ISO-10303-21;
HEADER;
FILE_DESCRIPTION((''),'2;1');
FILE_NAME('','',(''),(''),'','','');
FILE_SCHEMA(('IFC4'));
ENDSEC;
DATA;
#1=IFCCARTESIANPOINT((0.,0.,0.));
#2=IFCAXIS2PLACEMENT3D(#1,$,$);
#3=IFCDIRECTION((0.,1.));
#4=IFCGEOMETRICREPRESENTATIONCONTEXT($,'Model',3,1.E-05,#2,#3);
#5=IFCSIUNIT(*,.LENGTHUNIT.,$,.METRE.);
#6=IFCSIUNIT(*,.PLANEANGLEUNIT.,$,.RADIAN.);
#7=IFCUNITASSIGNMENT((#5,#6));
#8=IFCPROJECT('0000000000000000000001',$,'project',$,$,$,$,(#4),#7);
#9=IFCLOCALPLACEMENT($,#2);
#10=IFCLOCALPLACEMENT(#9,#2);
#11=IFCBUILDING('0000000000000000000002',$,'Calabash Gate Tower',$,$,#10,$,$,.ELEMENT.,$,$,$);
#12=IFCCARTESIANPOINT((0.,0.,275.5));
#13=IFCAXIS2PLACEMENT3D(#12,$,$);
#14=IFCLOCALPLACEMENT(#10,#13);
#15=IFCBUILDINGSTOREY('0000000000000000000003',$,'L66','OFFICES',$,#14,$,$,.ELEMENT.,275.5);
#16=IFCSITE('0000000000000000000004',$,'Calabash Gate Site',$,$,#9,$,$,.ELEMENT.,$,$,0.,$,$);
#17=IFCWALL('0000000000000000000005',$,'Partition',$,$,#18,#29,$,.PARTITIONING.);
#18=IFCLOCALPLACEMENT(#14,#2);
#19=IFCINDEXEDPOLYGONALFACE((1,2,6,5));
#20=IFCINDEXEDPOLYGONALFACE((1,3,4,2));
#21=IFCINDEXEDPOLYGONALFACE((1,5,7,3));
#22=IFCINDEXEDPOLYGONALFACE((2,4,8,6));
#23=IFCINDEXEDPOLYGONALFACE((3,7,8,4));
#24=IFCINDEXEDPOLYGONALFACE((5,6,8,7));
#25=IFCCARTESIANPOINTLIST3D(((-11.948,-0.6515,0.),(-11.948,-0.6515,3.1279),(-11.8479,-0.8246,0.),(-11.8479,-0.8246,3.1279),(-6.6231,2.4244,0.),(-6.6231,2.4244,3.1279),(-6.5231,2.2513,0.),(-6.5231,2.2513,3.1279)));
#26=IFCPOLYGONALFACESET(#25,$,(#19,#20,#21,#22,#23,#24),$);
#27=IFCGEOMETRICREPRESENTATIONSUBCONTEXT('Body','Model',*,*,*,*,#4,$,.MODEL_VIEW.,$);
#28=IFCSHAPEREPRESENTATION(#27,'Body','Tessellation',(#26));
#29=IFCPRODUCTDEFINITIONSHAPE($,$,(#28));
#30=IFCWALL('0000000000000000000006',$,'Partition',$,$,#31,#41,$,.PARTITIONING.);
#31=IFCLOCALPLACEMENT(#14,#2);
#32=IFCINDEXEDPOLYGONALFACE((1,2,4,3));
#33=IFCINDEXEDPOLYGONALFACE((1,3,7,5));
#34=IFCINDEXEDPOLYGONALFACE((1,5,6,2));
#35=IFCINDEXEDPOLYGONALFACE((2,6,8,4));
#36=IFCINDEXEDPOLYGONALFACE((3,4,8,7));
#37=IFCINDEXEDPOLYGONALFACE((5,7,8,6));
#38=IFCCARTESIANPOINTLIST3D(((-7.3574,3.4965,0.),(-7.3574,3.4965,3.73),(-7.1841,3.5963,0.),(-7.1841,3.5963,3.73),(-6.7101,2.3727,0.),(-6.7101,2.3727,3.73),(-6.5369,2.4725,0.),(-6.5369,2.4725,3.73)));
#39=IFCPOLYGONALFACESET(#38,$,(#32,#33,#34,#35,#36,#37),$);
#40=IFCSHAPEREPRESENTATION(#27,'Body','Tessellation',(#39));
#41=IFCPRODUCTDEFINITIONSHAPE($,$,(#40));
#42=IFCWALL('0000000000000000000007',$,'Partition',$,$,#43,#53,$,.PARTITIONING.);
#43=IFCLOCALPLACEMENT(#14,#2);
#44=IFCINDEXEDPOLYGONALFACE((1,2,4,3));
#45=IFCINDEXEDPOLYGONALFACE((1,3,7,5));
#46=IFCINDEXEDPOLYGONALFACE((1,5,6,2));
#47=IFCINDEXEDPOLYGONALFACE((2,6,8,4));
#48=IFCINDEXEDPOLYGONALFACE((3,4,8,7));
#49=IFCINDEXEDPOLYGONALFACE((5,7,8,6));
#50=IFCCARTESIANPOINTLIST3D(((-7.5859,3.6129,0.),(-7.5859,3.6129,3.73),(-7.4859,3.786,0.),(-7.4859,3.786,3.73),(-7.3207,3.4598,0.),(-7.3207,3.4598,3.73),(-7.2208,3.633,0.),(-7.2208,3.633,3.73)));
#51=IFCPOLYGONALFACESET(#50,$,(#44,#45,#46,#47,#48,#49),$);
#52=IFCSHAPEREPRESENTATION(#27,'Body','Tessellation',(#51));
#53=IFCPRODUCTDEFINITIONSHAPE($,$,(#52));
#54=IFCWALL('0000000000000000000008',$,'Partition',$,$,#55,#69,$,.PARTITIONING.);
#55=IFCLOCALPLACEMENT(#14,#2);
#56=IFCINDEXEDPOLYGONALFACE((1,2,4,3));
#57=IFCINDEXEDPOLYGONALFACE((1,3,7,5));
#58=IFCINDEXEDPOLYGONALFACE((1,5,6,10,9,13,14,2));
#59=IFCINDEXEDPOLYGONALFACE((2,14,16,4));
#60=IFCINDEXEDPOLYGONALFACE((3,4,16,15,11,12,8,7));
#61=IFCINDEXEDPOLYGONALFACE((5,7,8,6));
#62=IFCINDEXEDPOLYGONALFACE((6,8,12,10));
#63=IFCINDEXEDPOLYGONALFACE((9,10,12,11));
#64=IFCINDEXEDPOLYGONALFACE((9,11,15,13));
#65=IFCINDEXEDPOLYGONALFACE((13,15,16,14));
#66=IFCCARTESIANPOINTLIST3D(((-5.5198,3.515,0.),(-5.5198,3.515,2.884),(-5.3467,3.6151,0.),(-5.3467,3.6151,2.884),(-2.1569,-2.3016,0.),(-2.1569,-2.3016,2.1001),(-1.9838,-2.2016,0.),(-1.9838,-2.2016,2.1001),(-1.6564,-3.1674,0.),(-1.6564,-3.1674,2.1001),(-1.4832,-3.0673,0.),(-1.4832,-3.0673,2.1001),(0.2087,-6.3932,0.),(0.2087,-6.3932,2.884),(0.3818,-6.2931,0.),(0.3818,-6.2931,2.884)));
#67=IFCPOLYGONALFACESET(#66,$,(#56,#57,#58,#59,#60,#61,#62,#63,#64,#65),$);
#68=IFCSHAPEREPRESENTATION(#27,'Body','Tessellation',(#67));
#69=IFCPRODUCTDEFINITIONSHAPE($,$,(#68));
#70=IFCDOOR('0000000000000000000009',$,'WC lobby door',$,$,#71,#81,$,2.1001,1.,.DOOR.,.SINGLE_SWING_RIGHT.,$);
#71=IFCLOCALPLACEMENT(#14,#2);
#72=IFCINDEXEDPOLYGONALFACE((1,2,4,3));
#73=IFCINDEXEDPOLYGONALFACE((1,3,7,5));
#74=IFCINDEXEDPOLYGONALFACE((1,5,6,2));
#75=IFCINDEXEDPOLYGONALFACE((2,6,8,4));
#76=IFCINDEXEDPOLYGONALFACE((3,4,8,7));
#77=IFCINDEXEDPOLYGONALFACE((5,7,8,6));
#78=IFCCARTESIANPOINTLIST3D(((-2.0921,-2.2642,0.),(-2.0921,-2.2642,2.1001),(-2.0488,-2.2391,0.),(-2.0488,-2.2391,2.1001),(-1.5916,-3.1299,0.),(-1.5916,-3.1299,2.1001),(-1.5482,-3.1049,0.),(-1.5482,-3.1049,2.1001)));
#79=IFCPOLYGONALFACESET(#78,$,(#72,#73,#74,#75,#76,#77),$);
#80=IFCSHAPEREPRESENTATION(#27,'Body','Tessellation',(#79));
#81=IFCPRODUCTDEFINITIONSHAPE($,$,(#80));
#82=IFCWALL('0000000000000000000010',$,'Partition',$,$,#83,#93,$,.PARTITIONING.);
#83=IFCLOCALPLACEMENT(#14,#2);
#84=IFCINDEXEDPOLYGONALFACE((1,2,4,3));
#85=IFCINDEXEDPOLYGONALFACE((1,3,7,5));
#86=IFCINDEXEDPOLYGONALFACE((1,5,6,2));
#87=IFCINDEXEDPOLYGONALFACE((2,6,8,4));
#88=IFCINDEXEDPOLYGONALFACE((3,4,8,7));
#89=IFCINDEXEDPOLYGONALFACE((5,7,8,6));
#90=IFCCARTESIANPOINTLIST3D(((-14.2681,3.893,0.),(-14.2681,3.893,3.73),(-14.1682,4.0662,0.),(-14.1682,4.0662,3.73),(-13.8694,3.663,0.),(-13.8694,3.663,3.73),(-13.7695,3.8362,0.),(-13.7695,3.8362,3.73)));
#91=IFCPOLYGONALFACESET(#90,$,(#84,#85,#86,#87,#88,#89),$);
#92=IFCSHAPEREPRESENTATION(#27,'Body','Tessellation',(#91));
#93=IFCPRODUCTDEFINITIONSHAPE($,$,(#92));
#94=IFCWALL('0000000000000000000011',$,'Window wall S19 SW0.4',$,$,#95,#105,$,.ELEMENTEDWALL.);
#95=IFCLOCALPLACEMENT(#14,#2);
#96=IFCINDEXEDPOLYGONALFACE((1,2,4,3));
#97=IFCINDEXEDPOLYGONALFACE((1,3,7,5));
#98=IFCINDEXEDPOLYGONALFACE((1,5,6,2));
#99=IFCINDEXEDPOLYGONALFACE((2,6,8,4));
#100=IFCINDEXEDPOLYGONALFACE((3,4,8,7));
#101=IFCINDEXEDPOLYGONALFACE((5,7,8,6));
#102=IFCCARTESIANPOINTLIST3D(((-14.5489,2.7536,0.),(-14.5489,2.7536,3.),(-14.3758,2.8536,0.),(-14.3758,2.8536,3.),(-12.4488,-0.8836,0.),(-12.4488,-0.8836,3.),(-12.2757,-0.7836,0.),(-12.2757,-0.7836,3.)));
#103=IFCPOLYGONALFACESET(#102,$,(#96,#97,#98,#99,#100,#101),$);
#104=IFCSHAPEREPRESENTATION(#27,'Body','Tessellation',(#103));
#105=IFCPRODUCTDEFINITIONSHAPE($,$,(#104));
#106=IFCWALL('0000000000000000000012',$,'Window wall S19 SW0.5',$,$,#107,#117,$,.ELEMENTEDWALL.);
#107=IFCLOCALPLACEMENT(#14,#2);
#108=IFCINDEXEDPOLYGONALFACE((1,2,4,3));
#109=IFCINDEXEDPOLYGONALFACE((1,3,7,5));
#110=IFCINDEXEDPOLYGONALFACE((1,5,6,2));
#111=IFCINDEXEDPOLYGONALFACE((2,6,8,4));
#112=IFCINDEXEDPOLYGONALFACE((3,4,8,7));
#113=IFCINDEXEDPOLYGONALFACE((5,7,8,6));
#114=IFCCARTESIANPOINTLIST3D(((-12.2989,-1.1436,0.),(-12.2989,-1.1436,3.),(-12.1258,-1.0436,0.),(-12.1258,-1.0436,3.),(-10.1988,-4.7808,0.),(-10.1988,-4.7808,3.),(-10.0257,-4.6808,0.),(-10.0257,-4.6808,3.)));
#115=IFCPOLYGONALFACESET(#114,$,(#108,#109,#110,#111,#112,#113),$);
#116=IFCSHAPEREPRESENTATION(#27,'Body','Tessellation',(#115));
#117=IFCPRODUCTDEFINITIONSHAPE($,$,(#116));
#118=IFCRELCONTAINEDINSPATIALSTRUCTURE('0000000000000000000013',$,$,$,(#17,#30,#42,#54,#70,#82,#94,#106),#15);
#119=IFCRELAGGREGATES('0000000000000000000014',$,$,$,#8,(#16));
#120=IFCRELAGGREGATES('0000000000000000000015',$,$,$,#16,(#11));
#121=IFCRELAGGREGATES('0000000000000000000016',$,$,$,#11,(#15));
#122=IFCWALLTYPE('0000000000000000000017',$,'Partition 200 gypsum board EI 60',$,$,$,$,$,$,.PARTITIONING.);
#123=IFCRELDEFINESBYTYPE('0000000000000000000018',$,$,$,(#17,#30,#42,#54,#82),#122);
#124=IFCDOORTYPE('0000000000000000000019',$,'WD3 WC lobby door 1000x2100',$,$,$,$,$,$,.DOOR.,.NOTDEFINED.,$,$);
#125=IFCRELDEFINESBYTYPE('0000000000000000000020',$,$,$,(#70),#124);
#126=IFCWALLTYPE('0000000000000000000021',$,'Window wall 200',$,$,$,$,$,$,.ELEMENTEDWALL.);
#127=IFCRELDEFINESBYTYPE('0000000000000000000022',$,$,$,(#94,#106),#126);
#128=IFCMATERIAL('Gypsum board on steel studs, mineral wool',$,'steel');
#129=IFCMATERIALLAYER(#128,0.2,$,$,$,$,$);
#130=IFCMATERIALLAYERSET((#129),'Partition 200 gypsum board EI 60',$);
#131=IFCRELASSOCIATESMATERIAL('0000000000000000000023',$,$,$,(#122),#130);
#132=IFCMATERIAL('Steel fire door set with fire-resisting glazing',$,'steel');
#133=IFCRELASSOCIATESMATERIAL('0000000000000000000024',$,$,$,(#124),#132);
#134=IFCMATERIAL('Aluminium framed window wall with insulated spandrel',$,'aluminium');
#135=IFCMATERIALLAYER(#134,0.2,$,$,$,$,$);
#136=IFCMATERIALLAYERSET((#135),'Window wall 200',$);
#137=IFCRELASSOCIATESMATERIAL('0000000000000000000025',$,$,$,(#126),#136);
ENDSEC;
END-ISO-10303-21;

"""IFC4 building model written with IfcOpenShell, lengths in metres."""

from ifc_helpers import new_model, si_unit, direction, frame, frame_2d, origin, place, context, subcontext, project, spatial, rectangle, extrude, material, layer, layer_set, type_object, element, fill, save


model = new_model("IFC4")

# Units and contexts
model_context = context("Model", 3, precision=1e-05, world=origin(), true_north=direction((0.0, 1.0)))
body_context = subcontext(model_context, "Body", "Model", "MODEL_VIEW")
ifc_project = project(units=[si_unit("LENGTHUNIT", "METRE"), si_unit("PLANEANGLEUNIT", "RADIAN")], contexts=[model_context])

# Site, building, storey
site_placement = place(None, origin())
site = spatial("IfcSite", under=ifc_project, at=site_placement, Name="Calabash Gate Site", CompositionType="ELEMENT", RefElevation=0.0)
building_placement = place(site_placement, origin())
building = spatial("IfcBuilding", under=site, at=building_placement, Name="Calabash Gate Tower", CompositionType="ELEMENT")
storey_placement = place(building_placement, frame((0.0, 0.0, 275.5)))
storey = spatial("IfcBuildingStorey", under=building, at=storey_placement, Name="L66", Description="OFFICES", CompositionType="ELEMENT", Elevation=275.5)

# Shared definitions
ifc_material_1 = material(Name="Gypsum board on steel studs, mineral wool", Category="steel")
ifc_layer_1 = layer(ifc_material_1, 0.2)
ifc_layer_set_1 = layer_set([ifc_layer_1], Name="Partition 200 gypsum board EI 60")
wall_type_1 = type_object("IfcWallType", Name="Partition 200 gypsum board EI 60", PredefinedType="PARTITIONING", material=ifc_layer_set_1)

# Walls
wall_1_placement = place(storey_placement, frame((-11.8979, -0.738, 0.0), z_axis=(0.0, 0.0, 1.0), x_axis=(0.865915, 0.500191, 0.0)))
element("IfcWall", 1, at=wall_1_placement, inside=storey, type_object=wall_type_1, Name="Partition", PredefinedType="PARTITIONING", context=body_context, shape_type="SweptSolid", body=[
    extrude(rectangle(XDim=6.1494, YDim=0.2, at=frame_2d((3.0747, 0.0))), origin(), (0.0, 0.0, 1.0), 3.1279),
])
wall_2_placement = place(storey_placement, frame((-7.2708, 3.5464, 0.0), z_axis=(0.0, 0.0, 1.0), x_axis=(0.499076, -0.866558, 0.0)))
element("IfcWall", 2, at=wall_2_placement, inside=storey, type_object=wall_type_1, Name="Partition", PredefinedType="PARTITIONING", context=body_context, shape_type="SweptSolid", body=[
    extrude(rectangle(XDim=1.2969, YDim=0.2, at=frame_2d((0.6484, 0.0))), origin(), (0.0, 0.0, 1.0), 3.73),
])
wall_3_placement = place(storey_placement, frame((-7.5359, 3.6995, 0.0), z_axis=(0.0, 0.0, 1.0), x_axis=(0.866026, -0.499999, 0.0)))
element("IfcWall", 3, at=wall_3_placement, inside=storey, type_object=wall_type_1, Name="Partition", PredefinedType="PARTITIONING", context=body_context, shape_type="SweptSolid", body=[
    extrude(rectangle(XDim=0.3062, YDim=0.2, at=frame_2d((0.1531, 0.0))), origin(), (0.0, 0.0, 1.0), 3.73),
])

# Wall, opening, door
wall_4_placement = place(storey_placement, frame((-5.4333, 3.5652, 0.0), z_axis=(0.0, 0.0, 1.0), x_axis=(0.500525, -0.865722, 0.0)))
wall_4 = element("IfcWall", 4, at=wall_4_placement, inside=storey, type_object=wall_type_1, Name="Partition", PredefinedType="PARTITIONING", context=body_context, shape_type="SweptSolid", body=[
    extrude(rectangle(XDim=11.4451, YDim=0.2, at=frame_2d((5.7227, 0.0))), origin(), (0.0, 0.0, 1.0), 2.884),
])
opening_1_placement = place(wall_4_placement, frame((6.719, 0.0, 0.0)))
opening_1 = element("IfcOpeningElement", 5, at=opening_1_placement, cuts=wall_4, PredefinedType="OPENING", context=body_context, shape_type="SweptSolid", body=[
    extrude(rectangle(XDim=1.0, YDim=2.1001, at=frame_2d((0.5, 1.05))), frame((0.0, 0.1099, 0.0), z_axis=(0.0, -1.0, 0.0), x_axis=(1.0, 0.0, 0.0)), (0.0, 0.0, 1.0), 0.22),
])
ifc_material_2 = material(Name="Steel fire door set with fire-resisting glazing", Category="steel")
door_type_1 = type_object("IfcDoorType", Name="WD3 WC lobby door 1000x2100", OperationType="NOTDEFINED", PredefinedType="DOOR", material=ifc_material_2)
door_1_placement = place(opening_1_placement, origin())
door_1 = element("IfcDoor", 6, at=door_1_placement, inside=storey, type_object=door_type_1, Name="WC lobby door", OperationType="SINGLE_SWING_RIGHT", OverallHeight=2.1001, OverallWidth=1.0, PredefinedType="DOOR", context=body_context, shape_type="SweptSolid", body=[
    extrude(rectangle(XDim=1.0, YDim=2.1001, at=frame_2d((0.5, 1.05))), frame((0.0, 0.0249, 0.0), z_axis=(0.0, -1.0, 0.0), x_axis=(1.0, 0.0, 0.0)), (0.0, 0.0, 1.0), 0.05),
])
fill(opening_1, door_1)

# Walls
wall_5_placement = place(storey_placement, frame((-14.218, 3.9795, 0.0), z_axis=(0.0, 0.0, 1.0), x_axis=(0.866212, -0.499677, 0.0)))
element("IfcWall", 7, at=wall_5_placement, inside=storey, type_object=wall_type_1, Name="Partition", PredefinedType="PARTITIONING", context=body_context, shape_type="SweptSolid", body=[
    extrude(rectangle(XDim=0.4602, YDim=0.2, at=frame_2d((0.23, 0.0))), origin(), (0.0, 0.0, 1.0), 3.73),
])
ifc_material_3 = material(Name="Aluminium framed window wall with insulated spandrel", Category="aluminium")
ifc_layer_2 = layer(ifc_material_3, 0.2)
ifc_layer_set_2 = layer_set([ifc_layer_2], Name="Window wall 200")
wall_type_2 = type_object("IfcWallType", Name="Window wall 200", PredefinedType="ELEMENTEDWALL", material=ifc_layer_set_2)
for number, where, z_axis, x_axis, name in (
    (8, (-14.4624, 2.8037, 0.0), (0.0, 0.0, 1.0), (0.500028, -0.866009, 0.0), "Window wall S19 SW0.4"),
    (9, (-12.2124, -1.0935, 0.0), (0.0, 0.0, 1.0), (0.500028, -0.866009, 0.0), "Window wall S19 SW0.5"),
):
    element("IfcWall", number, at=place(storey_placement, frame(where, z_axis=z_axis, x_axis=x_axis)), inside=storey, type_object=wall_type_2, Name=name, PredefinedType="ELEMENTEDWALL", context=body_context, shape_type="SweptSolid", body=[
        extrude(rectangle(XDim=4.2, YDim=0.2, at=frame_2d((2.1001, 0.0))), origin(), (0.0, 0.0, 1.0), 3.0),
    ])

save(model, "model.ifc")
